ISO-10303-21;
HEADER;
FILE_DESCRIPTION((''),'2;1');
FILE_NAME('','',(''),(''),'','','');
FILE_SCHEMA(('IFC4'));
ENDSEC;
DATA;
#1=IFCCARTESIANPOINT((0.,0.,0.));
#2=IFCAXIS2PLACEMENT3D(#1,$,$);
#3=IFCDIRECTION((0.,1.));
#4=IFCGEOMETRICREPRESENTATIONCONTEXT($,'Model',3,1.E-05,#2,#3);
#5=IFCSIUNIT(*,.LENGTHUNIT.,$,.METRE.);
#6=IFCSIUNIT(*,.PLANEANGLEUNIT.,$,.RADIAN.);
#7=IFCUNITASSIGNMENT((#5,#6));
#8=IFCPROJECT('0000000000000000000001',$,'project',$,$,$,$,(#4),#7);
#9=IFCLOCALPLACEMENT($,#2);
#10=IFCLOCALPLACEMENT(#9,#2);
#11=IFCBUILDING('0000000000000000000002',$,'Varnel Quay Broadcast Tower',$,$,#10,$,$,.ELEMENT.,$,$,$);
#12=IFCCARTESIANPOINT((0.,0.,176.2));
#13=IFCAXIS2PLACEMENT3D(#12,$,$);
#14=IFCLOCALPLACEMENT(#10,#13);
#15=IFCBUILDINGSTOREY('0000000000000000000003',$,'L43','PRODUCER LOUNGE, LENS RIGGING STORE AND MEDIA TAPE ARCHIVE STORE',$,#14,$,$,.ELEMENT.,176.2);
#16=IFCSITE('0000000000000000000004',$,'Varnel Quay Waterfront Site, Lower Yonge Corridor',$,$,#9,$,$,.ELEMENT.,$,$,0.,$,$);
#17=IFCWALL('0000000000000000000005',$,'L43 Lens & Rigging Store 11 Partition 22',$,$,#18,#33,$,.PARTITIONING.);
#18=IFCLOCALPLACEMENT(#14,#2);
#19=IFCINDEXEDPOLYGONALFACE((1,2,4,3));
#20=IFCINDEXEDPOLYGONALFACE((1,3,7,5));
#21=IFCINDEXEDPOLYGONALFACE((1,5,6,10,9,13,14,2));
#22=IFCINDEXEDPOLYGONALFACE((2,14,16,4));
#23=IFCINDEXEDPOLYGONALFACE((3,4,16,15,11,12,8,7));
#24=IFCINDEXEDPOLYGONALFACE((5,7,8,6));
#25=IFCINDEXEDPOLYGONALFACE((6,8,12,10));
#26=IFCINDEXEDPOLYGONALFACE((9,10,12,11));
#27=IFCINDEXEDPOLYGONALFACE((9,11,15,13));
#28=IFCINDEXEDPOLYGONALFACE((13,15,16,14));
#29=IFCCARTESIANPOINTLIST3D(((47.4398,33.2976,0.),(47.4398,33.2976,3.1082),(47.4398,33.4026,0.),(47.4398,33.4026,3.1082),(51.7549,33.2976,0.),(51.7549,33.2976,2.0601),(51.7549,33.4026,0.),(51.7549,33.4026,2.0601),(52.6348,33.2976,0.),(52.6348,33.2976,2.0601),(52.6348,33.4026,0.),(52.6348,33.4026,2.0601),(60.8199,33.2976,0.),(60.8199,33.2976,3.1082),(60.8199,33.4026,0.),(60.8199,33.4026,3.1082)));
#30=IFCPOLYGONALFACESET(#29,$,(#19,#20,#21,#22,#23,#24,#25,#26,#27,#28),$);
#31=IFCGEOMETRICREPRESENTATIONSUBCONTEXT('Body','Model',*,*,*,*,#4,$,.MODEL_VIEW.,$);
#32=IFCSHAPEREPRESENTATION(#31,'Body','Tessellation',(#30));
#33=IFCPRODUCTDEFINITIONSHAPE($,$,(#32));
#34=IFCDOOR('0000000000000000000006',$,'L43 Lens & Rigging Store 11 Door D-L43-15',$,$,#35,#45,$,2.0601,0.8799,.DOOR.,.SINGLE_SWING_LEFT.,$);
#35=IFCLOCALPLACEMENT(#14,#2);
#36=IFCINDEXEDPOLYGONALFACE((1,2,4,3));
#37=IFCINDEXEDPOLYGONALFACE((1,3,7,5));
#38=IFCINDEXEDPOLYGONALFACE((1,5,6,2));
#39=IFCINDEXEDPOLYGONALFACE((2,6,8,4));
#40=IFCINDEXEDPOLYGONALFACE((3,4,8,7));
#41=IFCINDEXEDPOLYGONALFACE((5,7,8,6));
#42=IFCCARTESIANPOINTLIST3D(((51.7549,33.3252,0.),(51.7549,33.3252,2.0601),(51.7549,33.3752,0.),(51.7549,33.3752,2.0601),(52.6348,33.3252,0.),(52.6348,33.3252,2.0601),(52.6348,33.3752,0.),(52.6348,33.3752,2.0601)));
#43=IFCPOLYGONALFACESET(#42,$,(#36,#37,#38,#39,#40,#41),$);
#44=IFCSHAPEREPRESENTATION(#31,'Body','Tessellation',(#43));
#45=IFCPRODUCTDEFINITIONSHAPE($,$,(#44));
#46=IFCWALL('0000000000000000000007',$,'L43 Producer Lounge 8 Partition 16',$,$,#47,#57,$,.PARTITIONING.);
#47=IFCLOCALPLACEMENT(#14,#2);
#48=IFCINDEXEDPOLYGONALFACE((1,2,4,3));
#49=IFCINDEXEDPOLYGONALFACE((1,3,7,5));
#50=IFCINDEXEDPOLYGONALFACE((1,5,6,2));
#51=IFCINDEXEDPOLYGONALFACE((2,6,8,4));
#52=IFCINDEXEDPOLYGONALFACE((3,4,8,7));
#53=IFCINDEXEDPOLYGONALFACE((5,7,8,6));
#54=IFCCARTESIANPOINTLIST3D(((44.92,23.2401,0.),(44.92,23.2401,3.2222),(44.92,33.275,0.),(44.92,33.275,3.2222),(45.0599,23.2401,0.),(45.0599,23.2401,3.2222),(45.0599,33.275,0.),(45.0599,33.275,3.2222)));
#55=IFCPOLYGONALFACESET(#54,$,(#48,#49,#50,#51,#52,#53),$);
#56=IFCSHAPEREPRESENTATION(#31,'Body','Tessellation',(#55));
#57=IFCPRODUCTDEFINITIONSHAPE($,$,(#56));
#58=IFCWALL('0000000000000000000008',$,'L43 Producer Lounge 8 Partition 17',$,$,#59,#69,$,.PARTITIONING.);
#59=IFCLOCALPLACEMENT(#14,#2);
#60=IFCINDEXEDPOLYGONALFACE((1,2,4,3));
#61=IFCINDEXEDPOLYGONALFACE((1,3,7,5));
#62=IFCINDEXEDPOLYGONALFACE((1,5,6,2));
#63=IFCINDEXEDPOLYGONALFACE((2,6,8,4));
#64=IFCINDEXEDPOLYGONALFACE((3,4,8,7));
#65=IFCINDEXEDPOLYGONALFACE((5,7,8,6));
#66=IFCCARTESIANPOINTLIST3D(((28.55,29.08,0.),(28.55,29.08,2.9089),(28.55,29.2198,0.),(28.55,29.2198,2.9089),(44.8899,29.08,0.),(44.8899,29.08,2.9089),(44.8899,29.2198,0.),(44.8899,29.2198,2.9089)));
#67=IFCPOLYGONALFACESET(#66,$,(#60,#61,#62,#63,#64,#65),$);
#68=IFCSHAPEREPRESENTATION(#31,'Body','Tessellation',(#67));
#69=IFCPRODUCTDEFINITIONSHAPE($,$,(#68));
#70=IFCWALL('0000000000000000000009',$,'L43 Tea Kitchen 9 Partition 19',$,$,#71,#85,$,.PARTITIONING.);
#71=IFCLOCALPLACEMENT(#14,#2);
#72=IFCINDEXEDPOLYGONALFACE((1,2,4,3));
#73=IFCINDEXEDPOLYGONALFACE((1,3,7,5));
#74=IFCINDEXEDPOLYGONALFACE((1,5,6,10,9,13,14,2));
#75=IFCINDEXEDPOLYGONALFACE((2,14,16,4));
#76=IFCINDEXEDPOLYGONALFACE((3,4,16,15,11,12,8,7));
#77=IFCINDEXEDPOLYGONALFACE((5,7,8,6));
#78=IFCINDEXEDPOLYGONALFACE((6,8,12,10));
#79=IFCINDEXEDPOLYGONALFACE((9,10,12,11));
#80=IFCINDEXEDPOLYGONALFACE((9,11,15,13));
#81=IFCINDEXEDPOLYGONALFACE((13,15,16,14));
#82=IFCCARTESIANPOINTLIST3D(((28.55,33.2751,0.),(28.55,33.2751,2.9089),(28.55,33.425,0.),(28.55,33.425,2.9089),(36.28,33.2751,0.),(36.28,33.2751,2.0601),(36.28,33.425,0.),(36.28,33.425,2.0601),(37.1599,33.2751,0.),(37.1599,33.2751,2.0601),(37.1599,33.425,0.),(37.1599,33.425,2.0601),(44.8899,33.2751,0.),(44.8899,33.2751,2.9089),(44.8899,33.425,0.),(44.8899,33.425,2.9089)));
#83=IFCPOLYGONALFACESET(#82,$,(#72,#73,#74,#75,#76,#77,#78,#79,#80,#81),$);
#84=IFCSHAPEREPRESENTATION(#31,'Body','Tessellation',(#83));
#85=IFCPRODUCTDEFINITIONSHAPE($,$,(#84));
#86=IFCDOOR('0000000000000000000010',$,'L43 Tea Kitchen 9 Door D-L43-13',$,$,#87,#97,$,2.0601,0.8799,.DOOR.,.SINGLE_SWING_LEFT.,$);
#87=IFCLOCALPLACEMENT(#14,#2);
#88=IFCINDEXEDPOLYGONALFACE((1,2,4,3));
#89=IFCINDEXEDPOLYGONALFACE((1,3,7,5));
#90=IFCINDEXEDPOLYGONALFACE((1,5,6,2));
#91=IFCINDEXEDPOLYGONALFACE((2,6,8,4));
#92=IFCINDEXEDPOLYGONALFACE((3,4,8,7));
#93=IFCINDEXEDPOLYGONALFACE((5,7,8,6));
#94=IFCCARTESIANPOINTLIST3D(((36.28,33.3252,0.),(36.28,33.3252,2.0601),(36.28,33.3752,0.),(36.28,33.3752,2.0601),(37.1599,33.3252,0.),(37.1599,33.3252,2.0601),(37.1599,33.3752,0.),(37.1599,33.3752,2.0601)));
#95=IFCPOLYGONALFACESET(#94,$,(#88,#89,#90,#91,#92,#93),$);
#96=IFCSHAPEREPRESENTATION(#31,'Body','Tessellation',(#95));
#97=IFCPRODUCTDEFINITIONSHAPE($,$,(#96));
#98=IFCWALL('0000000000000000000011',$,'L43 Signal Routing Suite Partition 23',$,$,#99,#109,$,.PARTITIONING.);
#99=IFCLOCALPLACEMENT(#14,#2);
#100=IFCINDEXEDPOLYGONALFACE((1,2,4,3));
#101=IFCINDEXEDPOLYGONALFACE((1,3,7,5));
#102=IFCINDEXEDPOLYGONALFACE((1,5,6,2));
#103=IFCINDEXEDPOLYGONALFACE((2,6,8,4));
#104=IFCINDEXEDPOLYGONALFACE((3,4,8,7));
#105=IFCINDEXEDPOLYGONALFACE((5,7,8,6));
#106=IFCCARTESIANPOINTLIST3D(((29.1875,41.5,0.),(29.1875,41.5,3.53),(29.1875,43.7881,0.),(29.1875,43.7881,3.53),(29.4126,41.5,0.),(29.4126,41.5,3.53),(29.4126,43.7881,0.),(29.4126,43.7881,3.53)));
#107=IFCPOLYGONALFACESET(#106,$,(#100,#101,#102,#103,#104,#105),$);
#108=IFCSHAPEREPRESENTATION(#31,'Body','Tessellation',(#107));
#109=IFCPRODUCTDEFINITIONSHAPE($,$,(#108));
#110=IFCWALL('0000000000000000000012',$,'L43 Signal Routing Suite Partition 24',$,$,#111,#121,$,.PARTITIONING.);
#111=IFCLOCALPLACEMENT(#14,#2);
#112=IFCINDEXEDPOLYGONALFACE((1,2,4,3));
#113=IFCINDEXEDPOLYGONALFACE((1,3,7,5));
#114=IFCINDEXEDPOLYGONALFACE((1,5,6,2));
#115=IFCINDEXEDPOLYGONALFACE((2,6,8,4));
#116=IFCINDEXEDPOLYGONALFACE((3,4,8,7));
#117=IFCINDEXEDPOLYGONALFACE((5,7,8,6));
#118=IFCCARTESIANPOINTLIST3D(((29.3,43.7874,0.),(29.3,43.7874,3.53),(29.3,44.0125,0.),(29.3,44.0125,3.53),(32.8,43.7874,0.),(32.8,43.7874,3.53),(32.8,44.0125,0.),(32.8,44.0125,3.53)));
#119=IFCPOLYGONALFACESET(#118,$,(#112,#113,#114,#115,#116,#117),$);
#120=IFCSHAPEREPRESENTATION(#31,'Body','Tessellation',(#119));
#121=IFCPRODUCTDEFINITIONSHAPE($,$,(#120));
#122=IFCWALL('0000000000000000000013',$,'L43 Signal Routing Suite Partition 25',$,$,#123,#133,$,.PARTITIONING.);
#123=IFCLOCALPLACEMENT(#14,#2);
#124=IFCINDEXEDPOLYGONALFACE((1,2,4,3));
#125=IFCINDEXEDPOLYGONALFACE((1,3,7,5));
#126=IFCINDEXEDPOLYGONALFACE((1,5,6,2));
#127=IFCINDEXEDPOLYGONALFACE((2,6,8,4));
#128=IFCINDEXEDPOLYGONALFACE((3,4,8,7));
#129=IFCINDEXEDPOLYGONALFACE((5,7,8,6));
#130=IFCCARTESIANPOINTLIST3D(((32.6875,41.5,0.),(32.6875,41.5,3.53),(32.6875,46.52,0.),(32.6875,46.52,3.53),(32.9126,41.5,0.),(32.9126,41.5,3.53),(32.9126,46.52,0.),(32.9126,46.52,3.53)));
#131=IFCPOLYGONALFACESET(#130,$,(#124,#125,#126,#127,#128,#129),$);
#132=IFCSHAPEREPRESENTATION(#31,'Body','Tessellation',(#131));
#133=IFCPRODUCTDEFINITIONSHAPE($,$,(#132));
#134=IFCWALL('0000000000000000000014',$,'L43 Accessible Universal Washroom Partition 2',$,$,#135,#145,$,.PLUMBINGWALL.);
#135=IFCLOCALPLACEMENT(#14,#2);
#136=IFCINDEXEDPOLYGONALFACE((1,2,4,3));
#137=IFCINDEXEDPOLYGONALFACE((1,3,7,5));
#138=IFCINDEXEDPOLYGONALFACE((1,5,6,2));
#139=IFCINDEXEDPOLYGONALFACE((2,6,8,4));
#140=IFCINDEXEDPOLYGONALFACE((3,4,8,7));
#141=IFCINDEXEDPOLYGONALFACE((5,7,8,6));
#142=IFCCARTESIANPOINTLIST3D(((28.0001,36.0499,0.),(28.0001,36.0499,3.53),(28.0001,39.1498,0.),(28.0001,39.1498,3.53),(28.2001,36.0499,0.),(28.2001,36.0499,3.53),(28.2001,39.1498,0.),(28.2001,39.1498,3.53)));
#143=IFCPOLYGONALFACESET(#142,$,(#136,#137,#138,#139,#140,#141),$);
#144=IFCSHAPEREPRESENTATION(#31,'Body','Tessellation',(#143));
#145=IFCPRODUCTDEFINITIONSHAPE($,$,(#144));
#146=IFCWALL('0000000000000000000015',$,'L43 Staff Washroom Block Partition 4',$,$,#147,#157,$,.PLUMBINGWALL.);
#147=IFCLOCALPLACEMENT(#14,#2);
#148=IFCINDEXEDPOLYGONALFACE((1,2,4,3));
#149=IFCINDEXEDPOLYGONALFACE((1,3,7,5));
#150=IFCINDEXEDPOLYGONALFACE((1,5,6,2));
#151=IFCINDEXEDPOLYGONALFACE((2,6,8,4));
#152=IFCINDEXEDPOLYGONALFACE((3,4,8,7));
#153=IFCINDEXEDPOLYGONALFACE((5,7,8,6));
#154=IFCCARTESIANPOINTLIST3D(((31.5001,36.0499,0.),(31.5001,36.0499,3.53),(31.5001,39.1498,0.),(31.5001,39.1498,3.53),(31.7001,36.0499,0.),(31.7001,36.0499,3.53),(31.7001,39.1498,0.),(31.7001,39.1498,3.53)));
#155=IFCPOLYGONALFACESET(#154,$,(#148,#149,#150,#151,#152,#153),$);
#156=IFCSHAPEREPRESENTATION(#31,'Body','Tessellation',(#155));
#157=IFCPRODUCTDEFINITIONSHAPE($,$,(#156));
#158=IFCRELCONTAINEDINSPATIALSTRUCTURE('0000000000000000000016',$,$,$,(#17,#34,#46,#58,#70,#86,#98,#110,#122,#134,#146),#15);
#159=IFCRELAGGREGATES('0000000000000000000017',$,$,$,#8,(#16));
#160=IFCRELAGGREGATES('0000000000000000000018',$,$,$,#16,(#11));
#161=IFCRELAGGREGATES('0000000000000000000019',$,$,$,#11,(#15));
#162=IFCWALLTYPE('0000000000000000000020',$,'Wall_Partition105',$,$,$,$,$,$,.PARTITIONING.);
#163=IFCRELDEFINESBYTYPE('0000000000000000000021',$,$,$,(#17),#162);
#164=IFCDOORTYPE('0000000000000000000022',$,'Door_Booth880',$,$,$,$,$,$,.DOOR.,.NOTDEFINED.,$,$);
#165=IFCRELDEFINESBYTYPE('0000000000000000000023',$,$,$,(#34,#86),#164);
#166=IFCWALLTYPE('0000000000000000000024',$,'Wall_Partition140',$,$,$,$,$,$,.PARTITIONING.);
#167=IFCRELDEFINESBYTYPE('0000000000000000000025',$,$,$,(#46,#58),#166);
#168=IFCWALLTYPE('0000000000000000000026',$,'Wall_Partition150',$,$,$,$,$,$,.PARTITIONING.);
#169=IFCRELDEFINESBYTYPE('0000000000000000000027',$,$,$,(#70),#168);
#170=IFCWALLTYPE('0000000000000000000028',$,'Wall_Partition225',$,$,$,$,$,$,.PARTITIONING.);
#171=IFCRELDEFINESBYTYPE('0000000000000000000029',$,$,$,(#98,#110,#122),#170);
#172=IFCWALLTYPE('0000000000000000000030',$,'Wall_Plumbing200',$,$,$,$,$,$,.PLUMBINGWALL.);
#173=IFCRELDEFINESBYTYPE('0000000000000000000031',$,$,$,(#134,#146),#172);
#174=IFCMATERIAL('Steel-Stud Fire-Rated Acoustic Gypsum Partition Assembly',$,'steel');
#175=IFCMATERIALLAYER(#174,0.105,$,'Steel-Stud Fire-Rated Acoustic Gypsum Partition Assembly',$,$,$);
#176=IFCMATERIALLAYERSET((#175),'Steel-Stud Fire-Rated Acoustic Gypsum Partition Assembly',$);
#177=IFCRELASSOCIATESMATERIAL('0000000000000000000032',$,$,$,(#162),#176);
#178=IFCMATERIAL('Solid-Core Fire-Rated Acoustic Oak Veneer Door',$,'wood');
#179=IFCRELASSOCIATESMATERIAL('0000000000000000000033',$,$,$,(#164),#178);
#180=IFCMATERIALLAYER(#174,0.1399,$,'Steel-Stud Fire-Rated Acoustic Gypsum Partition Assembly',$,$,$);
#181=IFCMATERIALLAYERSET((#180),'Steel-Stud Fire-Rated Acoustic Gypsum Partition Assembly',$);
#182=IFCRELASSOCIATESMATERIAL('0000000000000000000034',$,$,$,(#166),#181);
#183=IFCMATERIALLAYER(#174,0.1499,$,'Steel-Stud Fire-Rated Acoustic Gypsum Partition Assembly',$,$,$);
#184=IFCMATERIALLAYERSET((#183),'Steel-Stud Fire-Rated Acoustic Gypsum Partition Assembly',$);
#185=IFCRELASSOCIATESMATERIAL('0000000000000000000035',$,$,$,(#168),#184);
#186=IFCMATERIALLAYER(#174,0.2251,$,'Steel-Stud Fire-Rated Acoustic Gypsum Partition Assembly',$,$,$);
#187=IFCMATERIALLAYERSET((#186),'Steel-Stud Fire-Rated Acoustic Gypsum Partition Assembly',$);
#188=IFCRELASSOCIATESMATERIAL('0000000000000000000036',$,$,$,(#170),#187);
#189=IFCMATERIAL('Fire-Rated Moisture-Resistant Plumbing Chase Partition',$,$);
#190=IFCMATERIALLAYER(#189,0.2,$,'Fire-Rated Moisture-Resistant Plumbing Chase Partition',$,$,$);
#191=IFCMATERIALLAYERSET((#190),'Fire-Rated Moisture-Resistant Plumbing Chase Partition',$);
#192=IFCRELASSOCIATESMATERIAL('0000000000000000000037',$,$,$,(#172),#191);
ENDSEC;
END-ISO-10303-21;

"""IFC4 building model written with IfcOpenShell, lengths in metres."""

from ifc_helpers import new_model, si_unit, direction, frame, frame_2d, origin, place, context, subcontext, project, spatial, rectangle, extrude, source, transform, mapped, material, layer, layer_set, type_object, type_shapes, element, fill, save


model = new_model("IFC4")

# Units and contexts
model_context = context("Model", 3, precision=1e-05, world=origin(), true_north=direction((0.0, 1.0)))
body_context = subcontext(model_context, "Body", "Model", "MODEL_VIEW")
ifc_project = project(units=[si_unit("LENGTHUNIT", "METRE"), si_unit("PLANEANGLEUNIT", "RADIAN")], contexts=[model_context])

# Site, building, storey
site_placement = place(None, origin())
site = spatial("IfcSite", under=ifc_project, at=site_placement, Name="Varnel Quay Waterfront Site, Lower Yonge Corridor", CompositionType="ELEMENT", RefElevation=0.0)
building_placement = place(site_placement, origin())
building = spatial("IfcBuilding", under=site, at=building_placement, Name="Varnel Quay Broadcast Tower", CompositionType="ELEMENT")
storey_placement = place(building_placement, frame((0.0, 0.0, 176.2)))
storey = spatial("IfcBuildingStorey", under=building, at=storey_placement, Name="L43", Description="PRODUCER LOUNGE, LENS RIGGING STORE AND MEDIA TAPE ARCHIVE STORE", CompositionType="ELEMENT", Elevation=176.2)

# Shared definitions
ifc_material_1 = material(Name="Steel-Stud Fire-Rated Acoustic Gypsum Partition Assembly", Category="steel")
ifc_layer_1 = layer(ifc_material_1, 0.105, Name="Steel-Stud Fire-Rated Acoustic Gypsum Partition Assembly")
ifc_layer_set_1 = layer_set([ifc_layer_1], Name="Steel-Stud Fire-Rated Acoustic Gypsum Partition Assembly")
wall_type_1 = type_object("IfcWallType", Name="Wall_Partition105", PredefinedType="PARTITIONING", material=ifc_layer_set_1)

# Wall, opening, door
wall_1_placement = place(storey_placement, frame((47.4399, 33.3501, 0.0), z_axis=(0.0, 0.0, 1.0), x_axis=(1.0, 0.0, 0.0)))
wall_1 = element("IfcWall", 1, at=wall_1_placement, inside=storey, type_object=wall_type_1, Name="L43 Lens & Rigging Store 11 Partition 22", PredefinedType="PARTITIONING", context=body_context, shape_type="SweptSolid", body=[
    extrude(rectangle(XDim=13.3801, YDim=0.105, at=frame_2d((6.6899, 0.0))), origin(), (0.0, 0.0, 1.0), 3.1082),
])
opening_1_placement = place(wall_1_placement, frame((4.3149, 0.0, 0.0)))
opening_1 = element("IfcOpeningElement", 2, at=opening_1_placement, cuts=wall_1, PredefinedType="OPENING", context=body_context, shape_type="SweptSolid", body=[
    extrude(rectangle(XDim=0.8799, YDim=2.0601, at=frame_2d((0.4399, 1.03))), frame((0.0, 0.0625, 0.0), z_axis=(0.0, -1.0, 0.0), x_axis=(1.0, 0.0, 0.0)), (0.0, 0.0, 1.0), 0.125),
])
ifc_material_2 = material(Name="Solid-Core Fire-Rated Acoustic Oak Veneer Door", Category="wood")
door_type_1 = type_object("IfcDoorType", Name="Door_Booth880", OperationType="NOTDEFINED", PredefinedType="DOOR", material=ifc_material_2)
shared_shape_1 = source(origin(), body_context, "Body", "SweptSolid", [
    extrude(rectangle(XDim=0.8799, YDim=2.0601, at=frame_2d((0.4399, 1.03))), frame((0.0, 0.0249, 0.0), z_axis=(0.0, -1.0, 0.0), x_axis=(1.0, 0.0, 0.0)), (0.0, 0.0, 1.0), 0.05),
])
type_shapes(door_type_1, [shared_shape_1])
door_1_placement = place(opening_1_placement, frame((0.8799, 0.0, 0.0), z_axis=(0.0, 0.0, 1.0), x_axis=(-1.0, 0.0, 0.0)))
door_1 = element("IfcDoor", 3, at=door_1_placement, inside=storey, type_object=door_type_1, Name="L43 Lens & Rigging Store 11 Door D-L43-15", OperationType="SINGLE_SWING_LEFT", OverallHeight=2.0601, OverallWidth=0.8799, PredefinedType="DOOR", context=body_context, shape_type="MappedRepresentation", body=[
    mapped(shared_shape_1, transform((0.0, 0.0, 0.0), x_axis=(1.0, 0.0, 0.0), y_axis=(0.0, 1.0, 0.0), z_axis=(0.0, 0.0, 1.0), scale=1.0)),
])
fill(opening_1, door_1)

# Walls
ifc_layer_2 = layer(ifc_material_1, 0.1399, Name="Steel-Stud Fire-Rated Acoustic Gypsum Partition Assembly")
ifc_layer_set_2 = layer_set([ifc_layer_2], Name="Steel-Stud Fire-Rated Acoustic Gypsum Partition Assembly")
wall_type_2 = type_object("IfcWallType", Name="Wall_Partition140", PredefinedType="PARTITIONING", material=ifc_layer_set_2)
wall_2_placement = place(storey_placement, frame((44.99, 23.24, 0.0), z_axis=(0.0, 0.0, 1.0), x_axis=(0.0, 1.0, 0.0)))
element("IfcWall", 4, at=wall_2_placement, inside=storey, type_object=wall_type_2, Name="L43 Producer Lounge 8 Partition 16", PredefinedType="PARTITIONING", context=body_context, shape_type="SweptSolid", body=[
    extrude(rectangle(XDim=10.0349, YDim=0.1399, at=frame_2d((5.0176, 0.0))), origin(), (0.0, 0.0, 1.0), 3.2222),
])
wall_3_placement = place(storey_placement, frame((28.55, 29.1499, 0.0), z_axis=(0.0, 0.0, 1.0), x_axis=(1.0, 0.0, 0.0)))
element("IfcWall", 5, at=wall_3_placement, inside=storey, type_object=wall_type_2, Name="L43 Producer Lounge 8 Partition 17", PredefinedType="PARTITIONING", context=body_context, shape_type="SweptSolid", body=[
    extrude(rectangle(XDim=16.3398, YDim=0.1399, at=frame_2d((8.1699, 0.0))), origin(), (0.0, 0.0, 1.0), 2.9089),
])

# Wall, opening, door
ifc_layer_3 = layer(ifc_material_1, 0.1499, Name="Steel-Stud Fire-Rated Acoustic Gypsum Partition Assembly")
ifc_layer_set_3 = layer_set([ifc_layer_3], Name="Steel-Stud Fire-Rated Acoustic Gypsum Partition Assembly")
wall_type_3 = type_object("IfcWallType", Name="Wall_Partition150", PredefinedType="PARTITIONING", material=ifc_layer_set_3)
wall_4_placement = place(storey_placement, frame((28.55, 33.3501, 0.0), z_axis=(0.0, 0.0, 1.0), x_axis=(1.0, 0.0, 0.0)))
wall_4 = element("IfcWall", 6, at=wall_4_placement, inside=storey, type_object=wall_type_3, Name="L43 Tea Kitchen 9 Partition 19", PredefinedType="PARTITIONING", context=body_context, shape_type="SweptSolid", body=[
    extrude(rectangle(XDim=16.3398, YDim=0.1499, at=frame_2d((8.1699, 0.0))), origin(), (0.0, 0.0, 1.0), 2.9089),
])
opening_2_placement = place(wall_4_placement, frame((7.73, 0.0, 0.0)))
opening_2 = element("IfcOpeningElement", 7, at=opening_2_placement, cuts=wall_4, PredefinedType="OPENING", context=body_context, shape_type="SweptSolid", body=[
    extrude(rectangle(XDim=0.8799, YDim=2.0601, at=frame_2d((0.4399, 1.03))), frame((0.0, 0.085, 0.0), z_axis=(0.0, -1.0, 0.0), x_axis=(1.0, 0.0, 0.0)), (0.0, 0.0, 1.0), 0.1699),
])
door_2_placement = place(opening_2_placement, frame((0.8799, 0.0, 0.0), z_axis=(0.0, 0.0, 1.0), x_axis=(-1.0, 0.0, 0.0)))
door_2 = element("IfcDoor", 8, at=door_2_placement, inside=storey, type_object=door_type_1, Name="L43 Tea Kitchen 9 Door D-L43-13", OperationType="SINGLE_SWING_LEFT", OverallHeight=2.0601, OverallWidth=0.8799, PredefinedType="DOOR", context=body_context, shape_type="MappedRepresentation", body=[
    mapped(shared_shape_1, transform((0.0, 0.0, 0.0), x_axis=(1.0, 0.0, 0.0), y_axis=(0.0, 1.0, 0.0), z_axis=(0.0, 0.0, 1.0), scale=1.0)),
])
fill(opening_2, door_2)

# Walls
ifc_layer_4 = layer(ifc_material_1, 0.2251, Name="Steel-Stud Fire-Rated Acoustic Gypsum Partition Assembly")
ifc_layer_set_4 = layer_set([ifc_layer_4], Name="Steel-Stud Fire-Rated Acoustic Gypsum Partition Assembly")
wall_type_4 = type_object("IfcWallType", Name="Wall_Partition225", PredefinedType="PARTITIONING", material=ifc_layer_set_4)
wall_5_placement = place(storey_placement, frame((29.3, 41.5, 0.0), z_axis=(0.0, 0.0, 1.0), x_axis=(0.0, 1.0, 0.0)))
element("IfcWall", 9, at=wall_5_placement, inside=storey, type_object=wall_type_4, Name="L43 Signal Routing Suite Partition 23", PredefinedType="PARTITIONING", context=body_context, shape_type="SweptSolid", body=[
    extrude(rectangle(XDim=2.2881, YDim=0.2251, at=frame_2d((1.144, 0.0))), origin(), (0.0, 0.0, 1.0), 3.53),
])
wall_6_placement = place(storey_placement, frame((29.3, 43.8999, 0.0), z_axis=(0.0, 0.0, 1.0), x_axis=(1.0, 0.0, 0.0)))
element("IfcWall", 10, at=wall_6_placement, inside=storey, type_object=wall_type_4, Name="L43 Signal Routing Suite Partition 24", PredefinedType="PARTITIONING", context=body_context, shape_type="SweptSolid", body=[
    extrude(rectangle(XDim=3.5, YDim=0.2251, at=frame_2d((1.75, 0.0))), origin(), (0.0, 0.0, 1.0), 3.53),
])
wall_7_placement = place(storey_placement, frame((32.8, 41.5, 0.0), z_axis=(0.0, 0.0, 1.0), x_axis=(0.0, 1.0, 0.0)))
element("IfcWall", 11, at=wall_7_placement, inside=storey, type_object=wall_type_4, Name="L43 Signal Routing Suite Partition 25", PredefinedType="PARTITIONING", context=body_context, shape_type="SweptSolid", body=[
    extrude(rectangle(XDim=5.02, YDim=0.2251, at=frame_2d((2.51, 0.0))), origin(), (0.0, 0.0, 1.0), 3.53),
])
ifc_material_3 = material(Name="Fire-Rated Moisture-Resistant Plumbing Chase Partition")
ifc_layer_5 = layer(ifc_material_3, 0.2, Name="Fire-Rated Moisture-Resistant Plumbing Chase Partition")
ifc_layer_set_5 = layer_set([ifc_layer_5], Name="Fire-Rated Moisture-Resistant Plumbing Chase Partition")
wall_type_5 = type_object("IfcWallType", Name="Wall_Plumbing200", PredefinedType="PLUMBINGWALL", material=ifc_layer_set_5)
for number, where, z_axis, x_axis, name in (
    (12, (28.1001, 36.05, 0.0), (0.0, 0.0, 1.0), (0.0, 1.0, 0.0), "L43 Accessible Universal Washroom Partition 2"),
    (13, (31.6001, 36.05, 0.0), (0.0, 0.0, 1.0), (0.0, 1.0, 0.0), "L43 Staff Washroom Block Partition 4"),
):
    element("IfcWall", number, at=place(storey_placement, frame(where, z_axis=z_axis, x_axis=x_axis)), inside=storey, type_object=wall_type_5, Name=name, PredefinedType="PLUMBINGWALL", context=body_context, shape_type="SweptSolid", body=[
        extrude(rectangle(XDim=3.0999, YDim=0.2, at=frame_2d((1.5498, 0.0))), origin(), (0.0, 0.0, 1.0), 3.53),
    ])

save(model, "model.ifc")
